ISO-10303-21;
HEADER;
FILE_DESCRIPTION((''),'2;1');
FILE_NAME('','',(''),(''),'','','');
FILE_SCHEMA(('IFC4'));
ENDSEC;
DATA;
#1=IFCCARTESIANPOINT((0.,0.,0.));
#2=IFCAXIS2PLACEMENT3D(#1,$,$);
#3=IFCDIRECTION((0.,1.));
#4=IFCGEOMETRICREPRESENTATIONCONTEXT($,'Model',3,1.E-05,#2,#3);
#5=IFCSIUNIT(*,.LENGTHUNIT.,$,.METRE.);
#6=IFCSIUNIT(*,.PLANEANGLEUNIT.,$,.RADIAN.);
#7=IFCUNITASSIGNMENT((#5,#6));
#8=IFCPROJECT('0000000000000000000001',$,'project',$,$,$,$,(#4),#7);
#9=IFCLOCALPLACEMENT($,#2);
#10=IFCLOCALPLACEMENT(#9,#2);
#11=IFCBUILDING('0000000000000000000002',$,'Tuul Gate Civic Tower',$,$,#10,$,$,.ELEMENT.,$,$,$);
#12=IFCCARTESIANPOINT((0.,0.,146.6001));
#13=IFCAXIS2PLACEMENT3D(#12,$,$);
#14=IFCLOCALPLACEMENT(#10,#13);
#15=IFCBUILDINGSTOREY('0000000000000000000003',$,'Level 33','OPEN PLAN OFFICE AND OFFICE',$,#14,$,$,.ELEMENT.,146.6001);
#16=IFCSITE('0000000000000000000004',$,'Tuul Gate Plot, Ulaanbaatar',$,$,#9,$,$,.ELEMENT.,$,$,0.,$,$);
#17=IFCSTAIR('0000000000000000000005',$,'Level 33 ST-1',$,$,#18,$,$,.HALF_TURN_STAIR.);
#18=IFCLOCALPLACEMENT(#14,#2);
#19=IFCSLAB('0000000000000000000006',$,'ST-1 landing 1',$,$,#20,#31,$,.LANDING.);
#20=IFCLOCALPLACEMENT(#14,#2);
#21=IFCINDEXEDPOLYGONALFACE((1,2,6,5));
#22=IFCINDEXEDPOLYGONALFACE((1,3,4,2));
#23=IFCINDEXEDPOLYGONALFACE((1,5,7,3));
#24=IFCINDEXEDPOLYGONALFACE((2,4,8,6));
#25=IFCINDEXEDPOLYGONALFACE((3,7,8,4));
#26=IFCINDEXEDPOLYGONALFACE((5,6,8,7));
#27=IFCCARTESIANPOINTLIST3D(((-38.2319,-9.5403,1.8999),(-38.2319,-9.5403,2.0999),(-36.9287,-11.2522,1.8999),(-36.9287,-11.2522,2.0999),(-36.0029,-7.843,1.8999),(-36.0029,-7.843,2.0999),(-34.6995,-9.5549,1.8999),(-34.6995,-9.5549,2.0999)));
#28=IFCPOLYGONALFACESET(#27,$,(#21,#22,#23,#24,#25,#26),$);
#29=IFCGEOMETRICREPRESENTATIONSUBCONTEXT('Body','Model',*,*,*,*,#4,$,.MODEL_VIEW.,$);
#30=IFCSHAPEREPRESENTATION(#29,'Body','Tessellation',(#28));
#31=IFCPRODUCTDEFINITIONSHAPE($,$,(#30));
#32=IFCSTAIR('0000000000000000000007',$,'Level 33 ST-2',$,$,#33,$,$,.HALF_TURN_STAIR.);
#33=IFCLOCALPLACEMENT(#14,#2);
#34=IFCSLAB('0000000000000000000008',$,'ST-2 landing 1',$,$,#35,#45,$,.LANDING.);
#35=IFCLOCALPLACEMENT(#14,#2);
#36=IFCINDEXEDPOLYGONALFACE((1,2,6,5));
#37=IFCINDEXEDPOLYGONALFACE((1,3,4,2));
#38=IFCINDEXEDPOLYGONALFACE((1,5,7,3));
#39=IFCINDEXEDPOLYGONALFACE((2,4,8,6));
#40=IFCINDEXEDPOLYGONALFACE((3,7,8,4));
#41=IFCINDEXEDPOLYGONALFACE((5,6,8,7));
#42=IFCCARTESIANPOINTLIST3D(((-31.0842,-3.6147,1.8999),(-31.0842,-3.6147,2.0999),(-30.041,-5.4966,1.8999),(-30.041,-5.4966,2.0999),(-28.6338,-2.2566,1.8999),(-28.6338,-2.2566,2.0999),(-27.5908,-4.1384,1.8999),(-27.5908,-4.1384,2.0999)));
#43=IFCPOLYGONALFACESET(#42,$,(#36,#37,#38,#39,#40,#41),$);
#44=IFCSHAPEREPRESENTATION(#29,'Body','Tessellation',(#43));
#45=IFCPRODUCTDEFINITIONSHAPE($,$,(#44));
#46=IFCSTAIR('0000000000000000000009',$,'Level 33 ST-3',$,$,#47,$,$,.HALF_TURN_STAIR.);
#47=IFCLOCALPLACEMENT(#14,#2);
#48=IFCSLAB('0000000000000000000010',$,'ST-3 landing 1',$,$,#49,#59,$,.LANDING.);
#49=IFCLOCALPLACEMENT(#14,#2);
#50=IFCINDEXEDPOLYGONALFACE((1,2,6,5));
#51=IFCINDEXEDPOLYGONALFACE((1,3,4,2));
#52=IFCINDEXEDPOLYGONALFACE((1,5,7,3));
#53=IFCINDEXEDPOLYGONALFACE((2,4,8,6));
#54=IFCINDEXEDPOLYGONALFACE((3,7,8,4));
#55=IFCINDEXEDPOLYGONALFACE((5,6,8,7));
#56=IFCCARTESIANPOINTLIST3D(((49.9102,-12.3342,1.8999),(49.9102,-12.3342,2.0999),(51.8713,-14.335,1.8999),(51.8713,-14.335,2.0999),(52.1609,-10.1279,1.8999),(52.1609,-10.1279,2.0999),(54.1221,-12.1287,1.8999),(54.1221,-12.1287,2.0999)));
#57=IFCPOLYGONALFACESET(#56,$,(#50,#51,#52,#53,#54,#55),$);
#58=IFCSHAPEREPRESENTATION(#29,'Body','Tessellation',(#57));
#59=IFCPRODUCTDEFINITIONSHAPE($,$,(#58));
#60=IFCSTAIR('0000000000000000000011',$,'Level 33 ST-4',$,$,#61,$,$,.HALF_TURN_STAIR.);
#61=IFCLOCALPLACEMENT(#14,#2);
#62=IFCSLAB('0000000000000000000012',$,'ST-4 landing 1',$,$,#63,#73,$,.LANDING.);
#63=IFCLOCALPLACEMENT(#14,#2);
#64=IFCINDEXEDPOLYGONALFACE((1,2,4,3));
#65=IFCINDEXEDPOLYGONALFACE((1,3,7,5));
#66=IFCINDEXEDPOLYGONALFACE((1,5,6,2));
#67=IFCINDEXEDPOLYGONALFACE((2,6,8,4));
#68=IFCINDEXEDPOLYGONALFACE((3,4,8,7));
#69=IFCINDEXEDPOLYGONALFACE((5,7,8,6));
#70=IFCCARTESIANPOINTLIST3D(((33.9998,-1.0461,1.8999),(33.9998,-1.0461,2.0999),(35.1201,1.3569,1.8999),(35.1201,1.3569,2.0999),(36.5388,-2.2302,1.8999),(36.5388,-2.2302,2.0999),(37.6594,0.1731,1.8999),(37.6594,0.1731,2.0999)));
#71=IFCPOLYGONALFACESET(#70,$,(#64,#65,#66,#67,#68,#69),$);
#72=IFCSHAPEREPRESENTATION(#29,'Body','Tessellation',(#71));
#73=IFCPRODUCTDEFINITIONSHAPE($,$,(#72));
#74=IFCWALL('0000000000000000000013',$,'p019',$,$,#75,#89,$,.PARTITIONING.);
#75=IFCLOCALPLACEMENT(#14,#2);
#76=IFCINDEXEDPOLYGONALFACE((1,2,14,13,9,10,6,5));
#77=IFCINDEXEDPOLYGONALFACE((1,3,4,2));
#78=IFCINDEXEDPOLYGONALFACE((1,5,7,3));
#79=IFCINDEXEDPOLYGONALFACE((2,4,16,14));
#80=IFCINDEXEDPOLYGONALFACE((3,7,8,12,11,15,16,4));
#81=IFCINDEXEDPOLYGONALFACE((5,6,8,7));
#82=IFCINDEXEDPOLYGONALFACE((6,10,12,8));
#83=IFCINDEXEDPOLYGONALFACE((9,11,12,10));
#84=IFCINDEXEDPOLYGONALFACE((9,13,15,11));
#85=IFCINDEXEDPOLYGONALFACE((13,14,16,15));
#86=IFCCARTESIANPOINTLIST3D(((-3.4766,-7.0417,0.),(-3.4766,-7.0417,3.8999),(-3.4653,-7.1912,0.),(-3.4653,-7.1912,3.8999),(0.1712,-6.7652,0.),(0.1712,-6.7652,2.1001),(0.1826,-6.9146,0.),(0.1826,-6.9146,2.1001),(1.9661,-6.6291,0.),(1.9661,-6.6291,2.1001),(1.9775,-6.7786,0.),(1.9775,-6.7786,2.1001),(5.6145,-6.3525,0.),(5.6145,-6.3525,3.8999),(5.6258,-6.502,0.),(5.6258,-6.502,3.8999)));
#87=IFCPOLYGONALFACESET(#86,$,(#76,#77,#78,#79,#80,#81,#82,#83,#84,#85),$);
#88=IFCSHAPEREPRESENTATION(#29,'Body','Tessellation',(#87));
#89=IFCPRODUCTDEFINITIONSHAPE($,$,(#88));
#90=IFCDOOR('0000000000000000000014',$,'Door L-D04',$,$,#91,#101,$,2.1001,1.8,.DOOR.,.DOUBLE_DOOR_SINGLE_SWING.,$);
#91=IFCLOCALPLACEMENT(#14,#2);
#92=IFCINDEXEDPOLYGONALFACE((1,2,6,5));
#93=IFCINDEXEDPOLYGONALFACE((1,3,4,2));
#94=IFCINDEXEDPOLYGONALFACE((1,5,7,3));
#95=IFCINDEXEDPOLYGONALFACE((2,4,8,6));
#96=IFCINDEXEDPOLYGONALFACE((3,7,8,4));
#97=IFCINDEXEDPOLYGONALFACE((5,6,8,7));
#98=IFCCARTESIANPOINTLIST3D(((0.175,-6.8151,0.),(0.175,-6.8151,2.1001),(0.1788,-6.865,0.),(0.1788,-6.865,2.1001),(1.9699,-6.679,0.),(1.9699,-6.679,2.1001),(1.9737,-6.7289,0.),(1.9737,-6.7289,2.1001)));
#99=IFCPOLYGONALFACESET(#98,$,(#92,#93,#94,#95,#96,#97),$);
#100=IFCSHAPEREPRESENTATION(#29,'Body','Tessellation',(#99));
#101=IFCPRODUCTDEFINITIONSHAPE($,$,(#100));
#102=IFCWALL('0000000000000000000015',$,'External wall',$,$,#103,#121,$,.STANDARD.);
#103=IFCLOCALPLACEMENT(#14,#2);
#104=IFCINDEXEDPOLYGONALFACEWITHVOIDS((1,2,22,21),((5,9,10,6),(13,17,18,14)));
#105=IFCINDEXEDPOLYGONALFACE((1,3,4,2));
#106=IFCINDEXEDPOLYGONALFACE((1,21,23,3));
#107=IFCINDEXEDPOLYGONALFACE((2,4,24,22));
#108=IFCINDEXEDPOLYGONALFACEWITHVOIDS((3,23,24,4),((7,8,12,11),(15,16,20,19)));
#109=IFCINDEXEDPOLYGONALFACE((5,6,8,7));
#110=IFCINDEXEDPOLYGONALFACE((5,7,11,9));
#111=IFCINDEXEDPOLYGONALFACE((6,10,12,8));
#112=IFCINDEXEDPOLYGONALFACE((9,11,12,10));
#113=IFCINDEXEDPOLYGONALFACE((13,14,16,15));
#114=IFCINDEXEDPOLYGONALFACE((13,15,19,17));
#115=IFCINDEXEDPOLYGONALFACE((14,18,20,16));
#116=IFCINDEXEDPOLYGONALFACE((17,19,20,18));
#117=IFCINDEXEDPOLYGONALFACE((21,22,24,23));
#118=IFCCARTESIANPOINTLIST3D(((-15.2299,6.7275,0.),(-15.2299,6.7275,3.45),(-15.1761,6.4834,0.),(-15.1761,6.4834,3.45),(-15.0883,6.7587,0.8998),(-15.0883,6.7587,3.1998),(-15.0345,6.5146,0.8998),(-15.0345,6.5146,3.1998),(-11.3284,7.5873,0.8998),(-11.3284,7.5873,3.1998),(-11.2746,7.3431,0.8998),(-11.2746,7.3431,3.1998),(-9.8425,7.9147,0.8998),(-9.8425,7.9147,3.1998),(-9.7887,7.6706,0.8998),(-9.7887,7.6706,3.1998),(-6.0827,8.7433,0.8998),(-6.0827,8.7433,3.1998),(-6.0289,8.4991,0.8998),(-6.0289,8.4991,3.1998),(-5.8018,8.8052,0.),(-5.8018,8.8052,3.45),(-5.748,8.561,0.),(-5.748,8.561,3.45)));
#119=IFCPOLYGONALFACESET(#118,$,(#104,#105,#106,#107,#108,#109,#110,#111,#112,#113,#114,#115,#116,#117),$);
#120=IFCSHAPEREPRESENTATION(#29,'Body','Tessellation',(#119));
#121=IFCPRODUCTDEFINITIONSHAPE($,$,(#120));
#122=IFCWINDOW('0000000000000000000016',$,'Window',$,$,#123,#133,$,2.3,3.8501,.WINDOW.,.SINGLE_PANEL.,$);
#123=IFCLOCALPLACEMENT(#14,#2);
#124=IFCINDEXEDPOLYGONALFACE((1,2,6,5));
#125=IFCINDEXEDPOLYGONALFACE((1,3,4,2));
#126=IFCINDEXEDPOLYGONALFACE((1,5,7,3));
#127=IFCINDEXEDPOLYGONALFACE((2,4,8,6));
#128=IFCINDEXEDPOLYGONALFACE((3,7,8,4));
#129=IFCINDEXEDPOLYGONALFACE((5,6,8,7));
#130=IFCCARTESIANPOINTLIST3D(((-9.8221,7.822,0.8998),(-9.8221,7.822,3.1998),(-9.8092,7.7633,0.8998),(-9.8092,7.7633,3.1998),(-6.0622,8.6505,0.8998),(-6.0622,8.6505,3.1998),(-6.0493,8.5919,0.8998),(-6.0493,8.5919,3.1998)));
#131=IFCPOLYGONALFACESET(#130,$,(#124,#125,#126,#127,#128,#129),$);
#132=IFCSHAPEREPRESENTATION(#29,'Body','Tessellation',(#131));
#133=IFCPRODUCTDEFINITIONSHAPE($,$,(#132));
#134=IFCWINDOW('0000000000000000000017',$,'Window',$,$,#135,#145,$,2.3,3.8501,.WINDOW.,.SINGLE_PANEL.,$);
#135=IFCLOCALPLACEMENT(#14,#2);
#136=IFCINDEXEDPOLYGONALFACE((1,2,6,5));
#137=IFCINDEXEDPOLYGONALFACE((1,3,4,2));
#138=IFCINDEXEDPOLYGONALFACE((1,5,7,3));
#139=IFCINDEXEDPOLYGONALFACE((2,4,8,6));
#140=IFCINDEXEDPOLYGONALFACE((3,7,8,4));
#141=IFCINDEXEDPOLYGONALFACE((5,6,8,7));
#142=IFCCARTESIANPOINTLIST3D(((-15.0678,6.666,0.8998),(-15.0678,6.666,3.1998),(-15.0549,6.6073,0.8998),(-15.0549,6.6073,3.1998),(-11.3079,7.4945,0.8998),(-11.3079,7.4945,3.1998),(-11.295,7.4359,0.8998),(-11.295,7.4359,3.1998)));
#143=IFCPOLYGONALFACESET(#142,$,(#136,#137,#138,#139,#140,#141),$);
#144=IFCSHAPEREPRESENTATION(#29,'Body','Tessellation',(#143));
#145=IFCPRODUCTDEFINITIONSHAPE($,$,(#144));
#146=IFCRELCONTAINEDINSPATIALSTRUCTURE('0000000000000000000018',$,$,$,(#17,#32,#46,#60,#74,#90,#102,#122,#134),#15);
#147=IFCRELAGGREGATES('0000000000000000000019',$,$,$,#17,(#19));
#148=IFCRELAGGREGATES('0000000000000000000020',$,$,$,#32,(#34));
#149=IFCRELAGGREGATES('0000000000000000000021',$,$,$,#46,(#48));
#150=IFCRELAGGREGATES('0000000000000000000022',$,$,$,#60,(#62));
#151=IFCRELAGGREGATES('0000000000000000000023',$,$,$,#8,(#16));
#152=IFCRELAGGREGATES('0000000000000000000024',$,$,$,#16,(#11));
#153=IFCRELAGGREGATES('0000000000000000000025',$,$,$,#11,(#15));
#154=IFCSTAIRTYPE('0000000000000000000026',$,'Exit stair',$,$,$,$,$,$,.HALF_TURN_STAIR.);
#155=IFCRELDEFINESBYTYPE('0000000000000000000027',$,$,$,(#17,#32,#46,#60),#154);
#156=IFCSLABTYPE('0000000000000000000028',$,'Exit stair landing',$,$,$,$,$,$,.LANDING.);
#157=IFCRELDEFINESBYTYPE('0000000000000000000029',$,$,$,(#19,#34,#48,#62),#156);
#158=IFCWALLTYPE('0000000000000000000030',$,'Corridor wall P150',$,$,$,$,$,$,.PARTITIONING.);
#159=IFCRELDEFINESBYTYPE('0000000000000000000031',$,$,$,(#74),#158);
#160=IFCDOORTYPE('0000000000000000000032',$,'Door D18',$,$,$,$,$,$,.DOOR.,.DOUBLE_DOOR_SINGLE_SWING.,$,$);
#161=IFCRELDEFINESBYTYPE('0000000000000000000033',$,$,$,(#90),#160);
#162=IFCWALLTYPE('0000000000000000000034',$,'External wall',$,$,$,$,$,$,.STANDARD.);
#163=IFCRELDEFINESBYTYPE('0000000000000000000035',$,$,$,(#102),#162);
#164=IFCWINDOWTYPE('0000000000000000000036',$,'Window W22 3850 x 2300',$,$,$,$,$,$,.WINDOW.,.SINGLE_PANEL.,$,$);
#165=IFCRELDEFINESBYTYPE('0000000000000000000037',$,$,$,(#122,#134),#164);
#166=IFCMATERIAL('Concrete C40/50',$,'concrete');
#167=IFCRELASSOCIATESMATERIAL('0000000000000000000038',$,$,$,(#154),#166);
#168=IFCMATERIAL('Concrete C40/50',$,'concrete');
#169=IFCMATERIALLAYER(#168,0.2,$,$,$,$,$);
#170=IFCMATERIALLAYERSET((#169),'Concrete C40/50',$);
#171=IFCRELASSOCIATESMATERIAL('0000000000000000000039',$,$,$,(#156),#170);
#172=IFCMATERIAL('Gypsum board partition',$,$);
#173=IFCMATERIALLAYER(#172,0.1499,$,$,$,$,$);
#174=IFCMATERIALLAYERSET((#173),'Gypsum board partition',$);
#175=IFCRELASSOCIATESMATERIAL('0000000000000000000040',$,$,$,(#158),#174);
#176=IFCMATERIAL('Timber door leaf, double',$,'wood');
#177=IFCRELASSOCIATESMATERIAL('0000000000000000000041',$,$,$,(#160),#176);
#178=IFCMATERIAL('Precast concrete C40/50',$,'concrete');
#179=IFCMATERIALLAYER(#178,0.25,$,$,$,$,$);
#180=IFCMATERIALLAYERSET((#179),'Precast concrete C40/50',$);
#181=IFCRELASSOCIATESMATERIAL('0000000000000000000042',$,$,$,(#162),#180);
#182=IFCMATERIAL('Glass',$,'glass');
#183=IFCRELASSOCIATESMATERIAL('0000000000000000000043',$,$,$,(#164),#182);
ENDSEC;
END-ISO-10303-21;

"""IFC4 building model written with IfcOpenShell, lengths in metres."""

from ifc_helpers import new_model, si_unit, direction, frame, frame_2d, origin, place, context, subcontext, project, spatial, polyline, rectangle, outline, extrude, material, layer, layer_set, type_object, element, fill, aggregate, save


model = new_model("IFC4")

# Units and contexts
model_context = context("Model", 3, precision=1e-05, world=origin(), true_north=direction((0.0, 1.0)))
body_context = subcontext(model_context, "Body", "Model", "MODEL_VIEW")
ifc_project = project(units=[si_unit("LENGTHUNIT", "METRE"), si_unit("PLANEANGLEUNIT", "RADIAN")], contexts=[model_context])

# Site, building, storey
site_placement = place(None, origin())
site = spatial("IfcSite", under=ifc_project, at=site_placement, Name="Tuul Gate Plot, Ulaanbaatar", CompositionType="ELEMENT", RefElevation=0.0)
building_placement = place(site_placement, origin())
building = spatial("IfcBuilding", under=site, at=building_placement, Name="Tuul Gate Civic Tower", CompositionType="ELEMENT")
storey_placement = place(building_placement, frame((0.0, 0.0, 146.6001)))
storey = spatial("IfcBuildingStorey", under=building, at=storey_placement, Name="Level 33", Description="OPEN PLAN OFFICE AND OFFICE", CompositionType="ELEMENT", Elevation=146.6001)

# Stairs, slabs
ifc_material_1 = material(Name="Concrete C40/50", Category="concrete")
stair_type = type_object("IfcStairType", Name="Exit stair", PredefinedType="HALF_TURN_STAIR", material=ifc_material_1)
stair_1_placement = place(storey_placement, origin())
stair_1 = element("IfcStair", 1, at=stair_1_placement, inside=storey, type_object=stair_type, Name="Level 33 ST-1", PredefinedType="HALF_TURN_STAIR")
ifc_material_2 = material(Name="Concrete C40/50", Category="concrete")
ifc_layer_1 = layer(ifc_material_2, 0.2)
ifc_layer_set_1 = layer_set([ifc_layer_1], Name="Concrete C40/50")
slab_type_1 = type_object("IfcSlabType", Name="Exit stair landing", PredefinedType="LANDING", material=ifc_layer_set_1)
slab_1_placement = place(storey_placement, frame((0.0, 0.0, 1.8999)))
slab_1 = element("IfcSlab", 2, at=slab_1_placement, type_object=slab_type_1, Name="ST-1 landing 1", PredefinedType="LANDING", context=body_context, shape_type="SweptSolid", body=[
    extrude(outline(polyline([(-34.6995, -9.5549), (-36.9287, -11.2522), (-38.2319, -9.5403), (-36.0029, -7.843), (-34.6995, -9.5549)])), origin(), (0.0, 0.0, 1.0), 0.2),
])
aggregate(stair_1, [slab_1])
stair_2_placement = place(storey_placement, origin())
stair_2 = element("IfcStair", 3, at=stair_2_placement, inside=storey, type_object=stair_type, Name="Level 33 ST-2", PredefinedType="HALF_TURN_STAIR")
slab_2_placement = place(storey_placement, frame((0.0, 0.0, 1.8999)))
slab_2 = element("IfcSlab", 4, at=slab_2_placement, type_object=slab_type_1, Name="ST-2 landing 1", PredefinedType="LANDING", context=body_context, shape_type="SweptSolid", body=[
    extrude(outline(polyline([(-27.5908, -4.1384), (-30.041, -5.4966), (-31.0842, -3.6147), (-28.6338, -2.2566), (-27.5908, -4.1384)])), origin(), (0.0, 0.0, 1.0), 0.2),
])
aggregate(stair_2, [slab_2])
stair_3_placement = place(storey_placement, origin())
stair_3 = element("IfcStair", 5, at=stair_3_placement, inside=storey, type_object=stair_type, Name="Level 33 ST-3", PredefinedType="HALF_TURN_STAIR")
slab_3_placement = place(storey_placement, frame((0.0, 0.0, 1.8999)))
slab_3 = element("IfcSlab", 6, at=slab_3_placement, type_object=slab_type_1, Name="ST-3 landing 1", PredefinedType="LANDING", context=body_context, shape_type="SweptSolid", body=[
    extrude(outline(polyline([(51.8713, -14.335), (49.9102, -12.3342), (52.1609, -10.1279), (54.1221, -12.1287), (51.8713, -14.335)])), origin(), (0.0, 0.0, 1.0), 0.2),
])
aggregate(stair_3, [slab_3])
stair_4_placement = place(storey_placement, origin())
stair_4 = element("IfcStair", 7, at=stair_4_placement, inside=storey, type_object=stair_type, Name="Level 33 ST-4", PredefinedType="HALF_TURN_STAIR")
slab_4_placement = place(storey_placement, frame((0.0, 0.0, 1.8999)))
slab_4 = element("IfcSlab", 8, at=slab_4_placement, type_object=slab_type_1, Name="ST-4 landing 1", PredefinedType="LANDING", context=body_context, shape_type="SweptSolid", body=[
    extrude(outline(polyline([(36.5388, -2.2302), (33.9998, -1.0461), (35.1201, 1.3569), (37.6594, 0.1731), (36.5388, -2.2302)])), origin(), (0.0, 0.0, 1.0), 0.2),
])
aggregate(stair_4, [slab_4])

# Wall, opening, door
ifc_material_3 = material(Name="Gypsum board partition")
ifc_layer_2 = layer(ifc_material_3, 0.1499)
ifc_layer_set_2 = layer_set([ifc_layer_2], Name="Gypsum board partition")
wall_type_1 = type_object("IfcWallType", Name="Corridor wall P150", PredefinedType="PARTITIONING", material=ifc_layer_set_2)
wall_1_placement = place(storey_placement, frame((-3.4709, -7.1165, 0.0), z_axis=(0.0, 0.0, 1.0), x_axis=(0.997139, 0.075595, 0.0)))
wall_1 = element("IfcWall", 9, at=wall_1_placement, inside=storey, type_object=wall_type_1, Name="p019", PredefinedType="PARTITIONING", context=body_context, shape_type="SweptSolid", body=[
    extrude(rectangle(XDim=9.1172, YDim=0.1499, at=frame_2d((4.5586, 0.0))), origin(), (0.0, 0.0, 1.0), 3.8999),
])
opening_1_placement = place(wall_1_placement, frame((3.6584, 0.0, 0.0)))
opening_1 = element("IfcOpeningElement", 10, at=opening_1_placement, cuts=wall_1, PredefinedType="OPENING", context=body_context, shape_type="SweptSolid", body=[
    extrude(rectangle(XDim=1.8, YDim=2.1001, at=frame_2d((0.8999, 1.05))), frame((0.0, 0.085, 0.0), z_axis=(0.0, -1.0, 0.0), x_axis=(1.0, 0.0, 0.0)), (0.0, 0.0, 1.0), 0.1699),
])
ifc_material_4 = material(Name="Timber door leaf, double", Category="wood")
door_type = type_object("IfcDoorType", Name="Door D18", OperationType="DOUBLE_DOOR_SINGLE_SWING", PredefinedType="DOOR", material=ifc_material_4)
door_placement = place(opening_1_placement, origin())
door = element("IfcDoor", 11, at=door_placement, inside=storey, type_object=door_type, Name="Door L-D04", OperationType="DOUBLE_DOOR_SINGLE_SWING", OverallHeight=2.1001, OverallWidth=1.8, PredefinedType="DOOR", context=body_context, shape_type="SweptSolid", body=[
    extrude(rectangle(XDim=1.8, YDim=2.1001, at=frame_2d((0.8999, 1.05))), frame((0.0, 0.0249, 0.0), z_axis=(0.0, -1.0, 0.0), x_axis=(1.0, 0.0, 0.0)), (0.0, 0.0, 1.0), 0.05),
])
fill(opening_1, door)

# Wall, openings, windows
ifc_material_5 = material(Name="Precast concrete C40/50", Category="concrete")
ifc_layer_3 = layer(ifc_material_5, 0.25)
ifc_layer_set_3 = layer_set([ifc_layer_3], Name="Precast concrete C40/50")
wall_type_2 = type_object("IfcWallType", Name="External wall", PredefinedType="STANDARD", material=ifc_layer_set_3)
wall_2_placement = place(storey_placement, frame((-5.7749, 8.6831, 0.0), z_axis=(0.0, 0.0, 1.0), x_axis=(-0.976569, -0.215206, 0.0)))
wall_2 = element("IfcWall", 12, at=wall_2_placement, inside=storey, type_object=wall_type_2, Name="External wall", PredefinedType="STANDARD", context=body_context, shape_type="SweptSolid", body=[
    extrude(rectangle(XDim=9.6543, YDim=0.25, at=frame_2d((4.8271, 0.0))), origin(), (0.0, 0.0, 1.0), 3.45),
])
opening_2_placement = place(wall_2_placement, frame((0.2876, 0.0, 0.8999)))
opening_2 = element("IfcOpeningElement", 13, at=opening_2_placement, cuts=wall_2, PredefinedType="OPENING", context=body_context, shape_type="SweptSolid", body=[
    extrude(rectangle(XDim=3.8501, YDim=2.3, at=frame_2d((1.925, 1.1499))), frame((0.0, 0.135, 0.0), z_axis=(0.0, -1.0, 0.0), x_axis=(1.0, 0.0, 0.0)), (0.0, 0.0, 1.0), 0.27),
])
opening_3_placement = place(wall_2_placement, frame((5.6592, 0.0, 0.8999)))
opening_3 = element("IfcOpeningElement", 14, at=opening_3_placement, cuts=wall_2, PredefinedType="OPENING", context=body_context, shape_type="SweptSolid", body=[
    extrude(rectangle(XDim=3.8501, YDim=2.3, at=frame_2d((1.925, 1.1499))), frame((0.0, 0.135, 0.0), z_axis=(0.0, -1.0, 0.0), x_axis=(1.0, 0.0, 0.0)), (0.0, 0.0, 1.0), 0.27),
])
ifc_material_6 = material(Name="Glass", Category="glass")
window_type = type_object("IfcWindowType", Name="Window W22 3850 x 2300", PartitioningType="SINGLE_PANEL", PredefinedType="WINDOW", material=ifc_material_6)
window_1_placement = place(opening_2_placement, origin())
window_1 = element("IfcWindow", 15, at=window_1_placement, inside=storey, type_object=window_type, Name="Window", OverallHeight=2.3, OverallWidth=3.8501, PartitioningType="SINGLE_PANEL", PredefinedType="WINDOW", context=body_context, shape_type="SweptSolid", body=[
    extrude(rectangle(XDim=3.8501, YDim=2.3, at=frame_2d((1.925, 1.1499))), frame((0.0, 0.03, 0.0), z_axis=(0.0, -1.0, 0.0), x_axis=(1.0, 0.0, 0.0)), (0.0, 0.0, 1.0), 0.0601),
])
fill(opening_2, window_1)
window_2_placement = place(opening_3_placement, origin())
window_2 = element("IfcWindow", 16, at=window_2_placement, inside=storey, type_object=window_type, Name="Window", OverallHeight=2.3, OverallWidth=3.8501, PartitioningType="SINGLE_PANEL", PredefinedType="WINDOW", context=body_context, shape_type="SweptSolid", body=[
    extrude(rectangle(XDim=3.8501, YDim=2.3, at=frame_2d((1.925, 1.1499))), frame((0.0, 0.03, 0.0), z_axis=(0.0, -1.0, 0.0), x_axis=(1.0, 0.0, 0.0)), (0.0, 0.0, 1.0), 0.0601),
])
fill(opening_3, window_2)

save(model, "model.ifc")
